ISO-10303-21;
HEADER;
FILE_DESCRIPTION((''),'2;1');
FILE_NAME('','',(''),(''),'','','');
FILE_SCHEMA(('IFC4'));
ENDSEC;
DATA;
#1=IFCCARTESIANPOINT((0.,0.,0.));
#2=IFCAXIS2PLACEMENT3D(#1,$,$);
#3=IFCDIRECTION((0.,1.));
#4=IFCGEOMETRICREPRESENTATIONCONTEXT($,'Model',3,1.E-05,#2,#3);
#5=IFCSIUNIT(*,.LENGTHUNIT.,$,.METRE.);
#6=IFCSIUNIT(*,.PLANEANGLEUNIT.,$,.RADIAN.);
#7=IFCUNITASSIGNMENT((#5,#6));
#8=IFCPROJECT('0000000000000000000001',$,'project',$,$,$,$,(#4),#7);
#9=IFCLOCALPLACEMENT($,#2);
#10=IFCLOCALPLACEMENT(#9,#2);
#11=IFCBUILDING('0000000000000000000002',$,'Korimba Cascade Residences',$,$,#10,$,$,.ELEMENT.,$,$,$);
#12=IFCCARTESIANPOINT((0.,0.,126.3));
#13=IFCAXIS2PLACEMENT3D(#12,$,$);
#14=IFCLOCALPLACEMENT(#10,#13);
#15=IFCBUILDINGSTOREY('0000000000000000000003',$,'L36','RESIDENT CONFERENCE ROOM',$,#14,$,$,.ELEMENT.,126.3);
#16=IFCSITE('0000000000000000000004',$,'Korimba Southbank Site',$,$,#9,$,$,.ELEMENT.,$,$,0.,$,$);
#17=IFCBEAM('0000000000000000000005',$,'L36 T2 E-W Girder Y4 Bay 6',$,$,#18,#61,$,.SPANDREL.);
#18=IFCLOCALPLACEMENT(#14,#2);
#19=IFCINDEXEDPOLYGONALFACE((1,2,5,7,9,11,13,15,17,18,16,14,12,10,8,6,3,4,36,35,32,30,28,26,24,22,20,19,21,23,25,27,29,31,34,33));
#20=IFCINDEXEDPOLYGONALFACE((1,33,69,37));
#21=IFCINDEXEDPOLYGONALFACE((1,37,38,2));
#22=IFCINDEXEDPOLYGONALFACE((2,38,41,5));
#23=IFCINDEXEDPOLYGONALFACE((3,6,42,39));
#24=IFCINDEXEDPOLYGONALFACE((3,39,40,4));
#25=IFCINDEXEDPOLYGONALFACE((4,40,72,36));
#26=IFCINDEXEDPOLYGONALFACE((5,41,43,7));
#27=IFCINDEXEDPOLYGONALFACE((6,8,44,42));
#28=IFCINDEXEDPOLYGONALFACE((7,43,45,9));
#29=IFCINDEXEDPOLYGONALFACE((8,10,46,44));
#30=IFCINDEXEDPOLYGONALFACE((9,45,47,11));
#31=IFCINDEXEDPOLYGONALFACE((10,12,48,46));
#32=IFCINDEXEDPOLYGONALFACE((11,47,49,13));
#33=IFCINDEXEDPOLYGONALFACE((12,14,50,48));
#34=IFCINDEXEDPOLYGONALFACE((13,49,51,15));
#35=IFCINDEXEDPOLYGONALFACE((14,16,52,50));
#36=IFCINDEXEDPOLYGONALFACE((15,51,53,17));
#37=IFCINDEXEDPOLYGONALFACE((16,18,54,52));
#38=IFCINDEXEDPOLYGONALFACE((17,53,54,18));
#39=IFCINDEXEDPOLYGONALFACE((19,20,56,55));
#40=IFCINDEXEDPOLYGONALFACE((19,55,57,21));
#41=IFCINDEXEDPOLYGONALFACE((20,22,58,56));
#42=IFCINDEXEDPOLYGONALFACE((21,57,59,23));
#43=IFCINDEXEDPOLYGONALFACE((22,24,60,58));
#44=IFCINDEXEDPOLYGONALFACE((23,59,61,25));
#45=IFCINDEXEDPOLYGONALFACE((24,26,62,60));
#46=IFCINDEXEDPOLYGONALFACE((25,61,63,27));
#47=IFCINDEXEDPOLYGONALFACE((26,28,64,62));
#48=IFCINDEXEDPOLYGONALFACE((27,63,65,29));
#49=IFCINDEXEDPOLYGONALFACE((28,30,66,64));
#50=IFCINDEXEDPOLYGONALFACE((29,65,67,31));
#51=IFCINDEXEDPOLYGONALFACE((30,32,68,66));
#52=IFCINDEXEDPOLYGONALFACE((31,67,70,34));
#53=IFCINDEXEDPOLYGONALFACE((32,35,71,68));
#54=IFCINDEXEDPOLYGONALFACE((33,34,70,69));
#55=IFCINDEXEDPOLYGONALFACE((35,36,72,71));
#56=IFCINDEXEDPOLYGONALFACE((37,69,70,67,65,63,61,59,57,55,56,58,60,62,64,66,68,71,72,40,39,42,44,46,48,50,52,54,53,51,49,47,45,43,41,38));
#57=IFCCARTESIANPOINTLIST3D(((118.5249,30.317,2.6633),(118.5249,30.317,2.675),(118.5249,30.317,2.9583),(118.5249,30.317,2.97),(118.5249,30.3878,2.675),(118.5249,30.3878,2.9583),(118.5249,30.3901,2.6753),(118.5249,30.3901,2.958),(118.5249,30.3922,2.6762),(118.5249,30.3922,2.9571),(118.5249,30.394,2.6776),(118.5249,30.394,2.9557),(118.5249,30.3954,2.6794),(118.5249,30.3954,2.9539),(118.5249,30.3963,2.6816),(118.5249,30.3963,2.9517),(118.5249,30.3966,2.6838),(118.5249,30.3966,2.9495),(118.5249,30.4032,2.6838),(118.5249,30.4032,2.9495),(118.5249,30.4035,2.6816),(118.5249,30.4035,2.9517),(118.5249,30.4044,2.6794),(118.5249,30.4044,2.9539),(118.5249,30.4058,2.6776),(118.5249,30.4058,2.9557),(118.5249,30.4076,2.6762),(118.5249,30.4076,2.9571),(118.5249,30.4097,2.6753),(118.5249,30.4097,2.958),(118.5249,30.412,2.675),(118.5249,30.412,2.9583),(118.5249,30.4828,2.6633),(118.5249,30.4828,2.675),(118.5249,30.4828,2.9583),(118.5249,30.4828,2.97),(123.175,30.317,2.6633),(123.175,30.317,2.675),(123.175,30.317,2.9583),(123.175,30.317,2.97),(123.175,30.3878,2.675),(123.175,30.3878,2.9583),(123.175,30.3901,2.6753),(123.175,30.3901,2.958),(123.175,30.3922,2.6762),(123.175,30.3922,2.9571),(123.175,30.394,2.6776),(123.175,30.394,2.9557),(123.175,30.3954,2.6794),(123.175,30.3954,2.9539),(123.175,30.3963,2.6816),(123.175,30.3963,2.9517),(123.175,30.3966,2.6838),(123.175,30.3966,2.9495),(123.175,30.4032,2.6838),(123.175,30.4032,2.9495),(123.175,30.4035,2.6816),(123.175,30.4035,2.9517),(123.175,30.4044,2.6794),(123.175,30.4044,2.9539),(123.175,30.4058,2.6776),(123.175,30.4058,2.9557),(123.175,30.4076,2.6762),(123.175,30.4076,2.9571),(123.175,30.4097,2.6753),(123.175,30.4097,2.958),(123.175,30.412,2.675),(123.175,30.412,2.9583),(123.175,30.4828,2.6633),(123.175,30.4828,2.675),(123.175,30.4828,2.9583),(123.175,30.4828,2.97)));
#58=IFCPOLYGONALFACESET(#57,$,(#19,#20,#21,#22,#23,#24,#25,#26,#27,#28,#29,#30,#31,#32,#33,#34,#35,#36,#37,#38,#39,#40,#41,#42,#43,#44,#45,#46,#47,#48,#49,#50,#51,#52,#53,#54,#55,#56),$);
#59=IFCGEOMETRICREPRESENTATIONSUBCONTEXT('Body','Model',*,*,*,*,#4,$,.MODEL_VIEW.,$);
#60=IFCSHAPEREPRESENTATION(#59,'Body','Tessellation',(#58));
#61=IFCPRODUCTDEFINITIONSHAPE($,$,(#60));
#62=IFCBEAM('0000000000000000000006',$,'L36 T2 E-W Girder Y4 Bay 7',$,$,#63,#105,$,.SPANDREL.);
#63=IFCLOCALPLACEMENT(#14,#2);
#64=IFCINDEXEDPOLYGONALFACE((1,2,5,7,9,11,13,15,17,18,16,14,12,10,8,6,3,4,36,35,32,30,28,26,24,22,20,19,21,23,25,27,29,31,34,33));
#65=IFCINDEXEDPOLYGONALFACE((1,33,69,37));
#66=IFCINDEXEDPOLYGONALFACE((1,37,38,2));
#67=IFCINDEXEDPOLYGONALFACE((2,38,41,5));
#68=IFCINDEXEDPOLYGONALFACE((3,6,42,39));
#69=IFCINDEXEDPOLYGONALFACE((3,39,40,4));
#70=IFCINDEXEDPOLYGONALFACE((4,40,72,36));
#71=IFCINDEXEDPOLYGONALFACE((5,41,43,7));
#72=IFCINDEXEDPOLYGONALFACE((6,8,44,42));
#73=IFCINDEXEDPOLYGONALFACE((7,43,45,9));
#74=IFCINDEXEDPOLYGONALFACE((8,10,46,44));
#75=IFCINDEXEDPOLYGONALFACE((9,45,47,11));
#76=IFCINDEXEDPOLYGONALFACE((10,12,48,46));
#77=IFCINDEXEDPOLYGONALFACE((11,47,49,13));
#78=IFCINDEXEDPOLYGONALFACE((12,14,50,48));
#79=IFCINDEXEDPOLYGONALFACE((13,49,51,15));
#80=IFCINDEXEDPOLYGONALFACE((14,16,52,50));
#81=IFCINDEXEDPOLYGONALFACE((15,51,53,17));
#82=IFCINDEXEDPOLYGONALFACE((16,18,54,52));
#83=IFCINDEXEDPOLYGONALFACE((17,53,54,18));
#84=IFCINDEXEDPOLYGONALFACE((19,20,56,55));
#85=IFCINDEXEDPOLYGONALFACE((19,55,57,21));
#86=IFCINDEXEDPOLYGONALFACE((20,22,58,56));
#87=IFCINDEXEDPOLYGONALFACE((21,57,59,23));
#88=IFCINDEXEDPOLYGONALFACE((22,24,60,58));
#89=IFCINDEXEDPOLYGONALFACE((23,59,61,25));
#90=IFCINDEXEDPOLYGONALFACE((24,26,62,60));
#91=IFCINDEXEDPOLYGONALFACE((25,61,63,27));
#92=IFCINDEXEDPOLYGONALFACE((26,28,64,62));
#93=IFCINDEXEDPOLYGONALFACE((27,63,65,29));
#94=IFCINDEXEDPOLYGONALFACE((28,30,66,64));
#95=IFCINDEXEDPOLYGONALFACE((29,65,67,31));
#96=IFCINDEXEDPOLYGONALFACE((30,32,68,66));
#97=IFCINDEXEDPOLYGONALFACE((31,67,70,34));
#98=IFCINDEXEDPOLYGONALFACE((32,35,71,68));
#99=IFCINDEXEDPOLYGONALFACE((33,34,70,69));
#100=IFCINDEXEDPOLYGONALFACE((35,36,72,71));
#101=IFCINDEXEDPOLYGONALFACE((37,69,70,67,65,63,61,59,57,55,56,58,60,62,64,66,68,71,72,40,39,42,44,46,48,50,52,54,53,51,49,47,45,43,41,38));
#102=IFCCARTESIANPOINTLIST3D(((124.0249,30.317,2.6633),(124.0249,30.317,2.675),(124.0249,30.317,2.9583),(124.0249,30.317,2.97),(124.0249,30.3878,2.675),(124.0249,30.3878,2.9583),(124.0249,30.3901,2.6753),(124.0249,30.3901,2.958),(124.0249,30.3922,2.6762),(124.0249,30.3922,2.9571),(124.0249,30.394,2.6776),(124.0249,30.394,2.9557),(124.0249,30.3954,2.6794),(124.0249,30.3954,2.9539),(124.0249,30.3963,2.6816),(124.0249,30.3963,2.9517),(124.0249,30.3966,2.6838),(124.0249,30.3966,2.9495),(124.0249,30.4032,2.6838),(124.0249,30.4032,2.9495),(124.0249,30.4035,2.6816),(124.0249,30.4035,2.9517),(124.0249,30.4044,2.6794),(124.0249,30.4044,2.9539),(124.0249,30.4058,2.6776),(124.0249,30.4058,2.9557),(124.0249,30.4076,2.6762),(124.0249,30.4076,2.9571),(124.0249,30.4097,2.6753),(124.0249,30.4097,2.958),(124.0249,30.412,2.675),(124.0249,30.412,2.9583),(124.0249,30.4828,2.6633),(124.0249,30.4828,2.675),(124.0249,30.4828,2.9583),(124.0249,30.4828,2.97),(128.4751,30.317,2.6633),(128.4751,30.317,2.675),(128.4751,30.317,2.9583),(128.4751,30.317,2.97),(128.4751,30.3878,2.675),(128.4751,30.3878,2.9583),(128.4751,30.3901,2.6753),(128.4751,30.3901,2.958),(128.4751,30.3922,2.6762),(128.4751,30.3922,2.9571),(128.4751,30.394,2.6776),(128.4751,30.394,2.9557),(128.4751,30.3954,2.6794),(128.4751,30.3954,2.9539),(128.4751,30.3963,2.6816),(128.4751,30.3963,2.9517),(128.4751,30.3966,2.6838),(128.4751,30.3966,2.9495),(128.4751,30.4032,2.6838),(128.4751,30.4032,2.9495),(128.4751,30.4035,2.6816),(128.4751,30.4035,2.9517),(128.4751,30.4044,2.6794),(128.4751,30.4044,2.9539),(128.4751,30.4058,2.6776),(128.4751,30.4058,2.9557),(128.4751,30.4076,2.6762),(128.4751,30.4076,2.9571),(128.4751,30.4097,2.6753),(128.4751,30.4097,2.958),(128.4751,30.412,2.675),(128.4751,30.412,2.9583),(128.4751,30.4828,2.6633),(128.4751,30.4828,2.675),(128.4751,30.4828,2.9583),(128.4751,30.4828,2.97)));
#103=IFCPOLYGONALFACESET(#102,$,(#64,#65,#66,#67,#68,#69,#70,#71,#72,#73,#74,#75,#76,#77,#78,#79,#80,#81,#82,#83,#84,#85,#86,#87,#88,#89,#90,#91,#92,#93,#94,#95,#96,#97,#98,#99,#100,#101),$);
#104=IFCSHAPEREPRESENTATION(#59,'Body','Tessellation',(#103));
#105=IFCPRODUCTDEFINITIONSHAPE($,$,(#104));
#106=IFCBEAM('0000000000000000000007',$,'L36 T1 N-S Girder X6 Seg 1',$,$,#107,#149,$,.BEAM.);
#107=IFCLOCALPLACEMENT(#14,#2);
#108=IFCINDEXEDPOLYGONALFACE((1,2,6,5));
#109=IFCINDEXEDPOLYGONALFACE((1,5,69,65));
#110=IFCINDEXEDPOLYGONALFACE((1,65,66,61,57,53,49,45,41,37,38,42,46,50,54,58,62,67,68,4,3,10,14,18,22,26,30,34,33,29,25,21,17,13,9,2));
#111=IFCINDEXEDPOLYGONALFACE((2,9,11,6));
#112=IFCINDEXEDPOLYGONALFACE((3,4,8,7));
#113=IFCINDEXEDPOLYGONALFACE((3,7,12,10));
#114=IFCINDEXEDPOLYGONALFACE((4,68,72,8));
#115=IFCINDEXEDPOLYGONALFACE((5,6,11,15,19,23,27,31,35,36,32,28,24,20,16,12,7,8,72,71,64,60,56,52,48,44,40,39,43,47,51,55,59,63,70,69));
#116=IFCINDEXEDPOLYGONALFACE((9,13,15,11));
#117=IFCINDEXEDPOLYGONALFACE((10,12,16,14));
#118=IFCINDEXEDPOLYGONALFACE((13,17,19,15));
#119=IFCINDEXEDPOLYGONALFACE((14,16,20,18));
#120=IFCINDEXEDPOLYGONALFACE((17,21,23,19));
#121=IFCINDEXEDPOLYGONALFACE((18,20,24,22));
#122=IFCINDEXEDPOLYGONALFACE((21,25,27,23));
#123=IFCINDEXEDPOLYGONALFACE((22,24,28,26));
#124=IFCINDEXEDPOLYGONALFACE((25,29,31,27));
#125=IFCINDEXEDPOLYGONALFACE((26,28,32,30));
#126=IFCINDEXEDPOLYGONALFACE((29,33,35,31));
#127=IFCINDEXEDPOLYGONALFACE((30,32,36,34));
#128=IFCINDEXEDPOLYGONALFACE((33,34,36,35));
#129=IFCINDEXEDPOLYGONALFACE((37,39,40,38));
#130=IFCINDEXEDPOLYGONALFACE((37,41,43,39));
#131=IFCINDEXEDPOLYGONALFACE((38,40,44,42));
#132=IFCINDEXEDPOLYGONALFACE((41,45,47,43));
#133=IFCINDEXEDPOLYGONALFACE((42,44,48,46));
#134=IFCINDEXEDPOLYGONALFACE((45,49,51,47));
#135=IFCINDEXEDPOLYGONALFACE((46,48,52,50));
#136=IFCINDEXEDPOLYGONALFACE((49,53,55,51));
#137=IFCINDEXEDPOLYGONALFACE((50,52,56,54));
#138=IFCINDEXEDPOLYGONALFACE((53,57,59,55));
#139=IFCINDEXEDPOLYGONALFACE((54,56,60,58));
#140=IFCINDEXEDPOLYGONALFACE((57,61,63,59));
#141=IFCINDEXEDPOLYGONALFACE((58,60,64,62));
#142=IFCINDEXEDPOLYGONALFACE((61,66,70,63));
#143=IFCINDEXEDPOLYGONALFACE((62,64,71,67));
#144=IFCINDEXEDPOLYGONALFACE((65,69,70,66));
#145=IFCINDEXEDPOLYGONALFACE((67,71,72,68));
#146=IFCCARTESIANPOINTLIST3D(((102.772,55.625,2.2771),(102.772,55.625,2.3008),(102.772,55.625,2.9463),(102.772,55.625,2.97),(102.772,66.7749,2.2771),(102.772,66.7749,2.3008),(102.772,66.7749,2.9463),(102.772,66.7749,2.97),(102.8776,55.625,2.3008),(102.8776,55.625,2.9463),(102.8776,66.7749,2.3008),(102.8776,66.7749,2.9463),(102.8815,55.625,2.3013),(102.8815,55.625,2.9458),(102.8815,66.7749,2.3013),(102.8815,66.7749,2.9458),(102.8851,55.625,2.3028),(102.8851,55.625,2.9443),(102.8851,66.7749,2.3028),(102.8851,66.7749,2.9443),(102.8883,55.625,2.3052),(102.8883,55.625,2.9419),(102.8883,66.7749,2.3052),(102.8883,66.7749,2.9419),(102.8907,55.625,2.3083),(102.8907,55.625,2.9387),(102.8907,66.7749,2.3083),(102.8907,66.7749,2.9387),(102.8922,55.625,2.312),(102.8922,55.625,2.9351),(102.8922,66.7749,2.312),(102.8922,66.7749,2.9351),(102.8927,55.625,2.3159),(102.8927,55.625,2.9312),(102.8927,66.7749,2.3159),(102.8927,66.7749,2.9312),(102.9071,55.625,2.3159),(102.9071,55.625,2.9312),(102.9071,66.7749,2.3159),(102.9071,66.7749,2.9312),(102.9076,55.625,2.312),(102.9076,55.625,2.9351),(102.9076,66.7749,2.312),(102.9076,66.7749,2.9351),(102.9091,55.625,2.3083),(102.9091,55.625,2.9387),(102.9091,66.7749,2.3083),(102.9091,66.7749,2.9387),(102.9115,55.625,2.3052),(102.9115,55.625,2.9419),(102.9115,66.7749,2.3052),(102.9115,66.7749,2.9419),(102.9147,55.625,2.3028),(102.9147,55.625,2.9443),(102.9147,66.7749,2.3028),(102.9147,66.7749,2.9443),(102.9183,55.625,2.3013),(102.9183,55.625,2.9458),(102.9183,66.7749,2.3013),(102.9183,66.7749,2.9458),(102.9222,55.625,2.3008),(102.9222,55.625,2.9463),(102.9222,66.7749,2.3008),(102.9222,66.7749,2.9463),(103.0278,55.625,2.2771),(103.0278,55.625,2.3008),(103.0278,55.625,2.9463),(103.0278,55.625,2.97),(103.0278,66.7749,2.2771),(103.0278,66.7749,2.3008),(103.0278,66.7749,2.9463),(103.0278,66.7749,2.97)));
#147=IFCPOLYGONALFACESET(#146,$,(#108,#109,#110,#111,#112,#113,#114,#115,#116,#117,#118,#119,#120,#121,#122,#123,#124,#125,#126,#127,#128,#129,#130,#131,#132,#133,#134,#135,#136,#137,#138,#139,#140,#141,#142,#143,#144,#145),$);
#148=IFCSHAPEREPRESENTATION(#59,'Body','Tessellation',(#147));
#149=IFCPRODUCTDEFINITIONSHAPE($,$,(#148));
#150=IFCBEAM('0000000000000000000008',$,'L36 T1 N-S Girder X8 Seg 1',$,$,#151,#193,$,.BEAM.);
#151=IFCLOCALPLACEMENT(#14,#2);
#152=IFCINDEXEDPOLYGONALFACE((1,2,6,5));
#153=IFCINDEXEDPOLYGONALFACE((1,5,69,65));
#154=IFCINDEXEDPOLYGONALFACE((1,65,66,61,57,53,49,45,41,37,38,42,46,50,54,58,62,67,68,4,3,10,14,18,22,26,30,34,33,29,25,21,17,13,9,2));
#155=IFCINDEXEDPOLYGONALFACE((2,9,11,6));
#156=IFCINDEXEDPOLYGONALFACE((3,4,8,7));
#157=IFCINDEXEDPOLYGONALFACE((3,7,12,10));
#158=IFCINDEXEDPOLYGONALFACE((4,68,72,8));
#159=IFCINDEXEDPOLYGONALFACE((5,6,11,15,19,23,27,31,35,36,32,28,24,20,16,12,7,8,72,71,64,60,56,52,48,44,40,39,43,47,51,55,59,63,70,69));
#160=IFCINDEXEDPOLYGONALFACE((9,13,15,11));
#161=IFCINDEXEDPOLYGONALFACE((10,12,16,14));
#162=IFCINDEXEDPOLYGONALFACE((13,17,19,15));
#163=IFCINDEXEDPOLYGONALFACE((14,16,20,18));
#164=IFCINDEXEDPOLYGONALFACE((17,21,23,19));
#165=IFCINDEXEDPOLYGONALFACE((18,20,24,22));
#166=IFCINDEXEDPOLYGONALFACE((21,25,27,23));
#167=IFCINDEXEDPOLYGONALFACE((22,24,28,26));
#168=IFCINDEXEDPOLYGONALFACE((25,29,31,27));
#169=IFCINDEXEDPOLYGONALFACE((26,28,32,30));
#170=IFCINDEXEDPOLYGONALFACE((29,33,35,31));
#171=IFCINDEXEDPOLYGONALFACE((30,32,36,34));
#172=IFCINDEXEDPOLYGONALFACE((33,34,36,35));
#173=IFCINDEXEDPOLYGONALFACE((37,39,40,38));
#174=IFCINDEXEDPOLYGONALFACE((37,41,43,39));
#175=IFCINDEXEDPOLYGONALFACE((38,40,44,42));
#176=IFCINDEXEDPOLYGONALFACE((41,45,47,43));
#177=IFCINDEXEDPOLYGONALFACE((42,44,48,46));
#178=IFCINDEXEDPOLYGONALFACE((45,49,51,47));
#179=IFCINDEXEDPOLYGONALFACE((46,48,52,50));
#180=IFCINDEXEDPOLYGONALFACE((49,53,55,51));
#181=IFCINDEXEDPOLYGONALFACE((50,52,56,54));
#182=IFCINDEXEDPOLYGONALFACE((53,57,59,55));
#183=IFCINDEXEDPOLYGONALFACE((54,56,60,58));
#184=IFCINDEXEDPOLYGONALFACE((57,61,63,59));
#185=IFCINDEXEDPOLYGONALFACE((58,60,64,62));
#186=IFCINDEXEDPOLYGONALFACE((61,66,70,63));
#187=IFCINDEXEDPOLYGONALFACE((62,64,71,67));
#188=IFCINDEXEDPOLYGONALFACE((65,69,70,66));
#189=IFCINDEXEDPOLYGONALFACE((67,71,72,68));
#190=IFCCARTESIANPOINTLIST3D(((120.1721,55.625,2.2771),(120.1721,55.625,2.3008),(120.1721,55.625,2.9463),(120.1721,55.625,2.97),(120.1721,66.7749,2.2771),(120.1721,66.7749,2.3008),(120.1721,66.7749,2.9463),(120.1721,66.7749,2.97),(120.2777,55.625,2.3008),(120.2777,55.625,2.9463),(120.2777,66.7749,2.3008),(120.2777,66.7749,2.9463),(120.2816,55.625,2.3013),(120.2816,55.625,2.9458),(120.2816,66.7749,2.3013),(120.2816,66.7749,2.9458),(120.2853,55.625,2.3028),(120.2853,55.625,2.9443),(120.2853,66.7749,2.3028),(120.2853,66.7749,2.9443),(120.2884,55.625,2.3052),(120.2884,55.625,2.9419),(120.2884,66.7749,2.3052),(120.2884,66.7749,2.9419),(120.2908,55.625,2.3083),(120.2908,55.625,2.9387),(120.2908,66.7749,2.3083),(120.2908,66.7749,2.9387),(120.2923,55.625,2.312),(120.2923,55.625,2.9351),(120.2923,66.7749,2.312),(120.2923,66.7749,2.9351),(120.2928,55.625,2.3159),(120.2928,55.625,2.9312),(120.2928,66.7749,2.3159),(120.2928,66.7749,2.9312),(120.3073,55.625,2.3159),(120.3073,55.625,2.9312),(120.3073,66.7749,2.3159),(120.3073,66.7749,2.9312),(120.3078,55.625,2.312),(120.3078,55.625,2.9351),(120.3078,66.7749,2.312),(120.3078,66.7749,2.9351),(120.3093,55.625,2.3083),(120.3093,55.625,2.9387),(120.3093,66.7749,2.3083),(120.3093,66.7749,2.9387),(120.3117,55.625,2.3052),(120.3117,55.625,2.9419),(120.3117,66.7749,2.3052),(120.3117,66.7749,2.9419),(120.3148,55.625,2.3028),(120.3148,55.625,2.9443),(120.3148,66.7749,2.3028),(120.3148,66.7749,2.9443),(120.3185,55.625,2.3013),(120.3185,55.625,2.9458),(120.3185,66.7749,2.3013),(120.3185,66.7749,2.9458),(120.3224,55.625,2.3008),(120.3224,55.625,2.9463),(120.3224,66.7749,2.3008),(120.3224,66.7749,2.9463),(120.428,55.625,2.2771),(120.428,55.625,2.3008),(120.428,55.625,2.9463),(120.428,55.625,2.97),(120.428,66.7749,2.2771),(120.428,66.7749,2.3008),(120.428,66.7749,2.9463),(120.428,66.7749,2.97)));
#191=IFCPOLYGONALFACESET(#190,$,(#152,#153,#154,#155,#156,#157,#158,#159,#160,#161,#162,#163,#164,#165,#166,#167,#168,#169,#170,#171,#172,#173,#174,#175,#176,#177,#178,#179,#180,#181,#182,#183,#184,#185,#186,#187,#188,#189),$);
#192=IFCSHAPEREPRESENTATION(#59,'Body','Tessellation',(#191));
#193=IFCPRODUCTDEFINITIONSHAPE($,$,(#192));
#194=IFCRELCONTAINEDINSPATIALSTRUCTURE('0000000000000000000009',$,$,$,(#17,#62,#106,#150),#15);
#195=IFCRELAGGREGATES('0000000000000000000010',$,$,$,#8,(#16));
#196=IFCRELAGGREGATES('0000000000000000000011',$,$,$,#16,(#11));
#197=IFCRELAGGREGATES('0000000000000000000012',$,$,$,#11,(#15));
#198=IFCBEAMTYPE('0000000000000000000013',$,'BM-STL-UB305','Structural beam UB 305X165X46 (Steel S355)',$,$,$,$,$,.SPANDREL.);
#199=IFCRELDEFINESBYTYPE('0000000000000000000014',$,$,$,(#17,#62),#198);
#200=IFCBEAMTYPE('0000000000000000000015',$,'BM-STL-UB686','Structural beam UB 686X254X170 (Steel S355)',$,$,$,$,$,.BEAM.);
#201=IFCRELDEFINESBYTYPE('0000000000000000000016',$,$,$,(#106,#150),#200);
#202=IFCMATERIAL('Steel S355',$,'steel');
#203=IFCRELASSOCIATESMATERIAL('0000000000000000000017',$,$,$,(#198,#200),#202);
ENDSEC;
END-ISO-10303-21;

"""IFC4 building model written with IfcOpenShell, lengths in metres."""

from ifc_helpers import new_model, si_unit, direction, frame, origin, origin_2d, place, context, subcontext, project, spatial, i_section, extrude, material, material_profile, profile_set, type_object, element, save


model = new_model("IFC4")

# Units and contexts
model_context = context("Model", 3, precision=1e-05, world=origin(), true_north=direction((0.0, 1.0)))
body_context = subcontext(model_context, "Body", "Model", "MODEL_VIEW")
ifc_project = project(units=[si_unit("LENGTHUNIT", "METRE"), si_unit("PLANEANGLEUNIT", "RADIAN")], contexts=[model_context])

# Site, building, storey
site_placement = place(None, origin())
site = spatial("IfcSite", under=ifc_project, at=site_placement, Name="Korimba Southbank Site", CompositionType="ELEMENT", RefElevation=0.0)
building_placement = place(site_placement, origin())
building = spatial("IfcBuilding", under=site, at=building_placement, Name="Korimba Cascade Residences", CompositionType="ELEMENT")
storey_placement = place(building_placement, frame((0.0, 0.0, 126.3)))
storey = spatial("IfcBuildingStorey", under=building, at=storey_placement, Name="L36", Description="RESIDENT CONFERENCE ROOM", CompositionType="ELEMENT", Elevation=126.3)

# Beams
ifc_material_1 = material(Name="Steel S355", Category="steel")
ifc_material_profile_1 = material_profile(ifc_material_1, i_section(OverallWidth=0.1658, OverallDepth=0.3066, WebThickness=0.0066, FlangeThickness=0.0117, FilletRadius=0.0088, at=origin_2d()), Name="Steel S355")
ifc_profile_set_1 = profile_set([ifc_material_profile_1], Name="Steel S355")
beam_type_1 = type_object("IfcBeamType", Name="BM-STL-UB305", Description="Structural beam UB 305X165X46 (Steel S355)", PredefinedType="SPANDREL", material=ifc_profile_set_1)
beam_1_placement = place(storey_placement, frame((118.5249, 30.3999, 2.8167), z_axis=(1.0, 0.0, 0.0), x_axis=(0.0, 1.0, 0.0)))
element("IfcBeam", 1, at=beam_1_placement, inside=storey, type_object=beam_type_1, Name="L36 T2 E-W Girder Y4 Bay 6", PredefinedType="SPANDREL", context=body_context, shape_type="SweptSolid", body=[
    extrude(i_section(OverallWidth=0.1658, OverallDepth=0.3066, WebThickness=0.0066, FlangeThickness=0.0117, FilletRadius=0.0088, at=origin_2d()), origin(), (0.0, 0.0, 1.0), 4.6501),
])
beam_2_placement = place(storey_placement, frame((124.0249, 30.3999, 2.8167), z_axis=(1.0, 0.0, 0.0), x_axis=(0.0, 1.0, 0.0)))
element("IfcBeam", 2, at=beam_2_placement, inside=storey, type_object=beam_type_1, Name="L36 T2 E-W Girder Y4 Bay 7", PredefinedType="SPANDREL", context=body_context, shape_type="SweptSolid", body=[
    extrude(i_section(OverallWidth=0.1658, OverallDepth=0.3066, WebThickness=0.0066, FlangeThickness=0.0117, FilletRadius=0.0088, at=origin_2d()), origin(), (0.0, 0.0, 1.0), 4.4502),
])
ifc_material_profile_2 = material_profile(ifc_material_1, i_section(OverallWidth=0.2559, OverallDepth=0.6929, WebThickness=0.0144, FlangeThickness=0.0237, FilletRadius=0.0151, at=origin_2d()), Name="Steel S355")
ifc_profile_set_2 = profile_set([ifc_material_profile_2], Name="Steel S355")
beam_type_2 = type_object("IfcBeamType", Name="BM-STL-UB686", Description="Structural beam UB 686X254X170 (Steel S355)", PredefinedType="BEAM", material=ifc_profile_set_2)
for number, where, z_axis, x_axis, name in (
    (3, (102.8999, 55.625, 2.6235), (0.0, 1.0, 0.0), (-1.0, 0.0, 0.0), "L36 T1 N-S Girder X6 Seg 1"),
    (4, (120.3, 55.625, 2.6235), (0.0, 1.0, 0.0), (-1.0, 0.0, 0.0), "L36 T1 N-S Girder X8 Seg 1"),
):
    element("IfcBeam", number, at=place(storey_placement, frame(where, z_axis=z_axis, x_axis=x_axis)), inside=storey, type_object=beam_type_2, Name=name, PredefinedType="BEAM", context=body_context, shape_type="SweptSolid", body=[
        extrude(i_section(OverallWidth=0.2559, OverallDepth=0.6929, WebThickness=0.0144, FlangeThickness=0.0237, FilletRadius=0.0151, at=origin_2d()), origin(), (0.0, 0.0, 1.0), 11.1499),
    ])

save(model, "model.ifc")
